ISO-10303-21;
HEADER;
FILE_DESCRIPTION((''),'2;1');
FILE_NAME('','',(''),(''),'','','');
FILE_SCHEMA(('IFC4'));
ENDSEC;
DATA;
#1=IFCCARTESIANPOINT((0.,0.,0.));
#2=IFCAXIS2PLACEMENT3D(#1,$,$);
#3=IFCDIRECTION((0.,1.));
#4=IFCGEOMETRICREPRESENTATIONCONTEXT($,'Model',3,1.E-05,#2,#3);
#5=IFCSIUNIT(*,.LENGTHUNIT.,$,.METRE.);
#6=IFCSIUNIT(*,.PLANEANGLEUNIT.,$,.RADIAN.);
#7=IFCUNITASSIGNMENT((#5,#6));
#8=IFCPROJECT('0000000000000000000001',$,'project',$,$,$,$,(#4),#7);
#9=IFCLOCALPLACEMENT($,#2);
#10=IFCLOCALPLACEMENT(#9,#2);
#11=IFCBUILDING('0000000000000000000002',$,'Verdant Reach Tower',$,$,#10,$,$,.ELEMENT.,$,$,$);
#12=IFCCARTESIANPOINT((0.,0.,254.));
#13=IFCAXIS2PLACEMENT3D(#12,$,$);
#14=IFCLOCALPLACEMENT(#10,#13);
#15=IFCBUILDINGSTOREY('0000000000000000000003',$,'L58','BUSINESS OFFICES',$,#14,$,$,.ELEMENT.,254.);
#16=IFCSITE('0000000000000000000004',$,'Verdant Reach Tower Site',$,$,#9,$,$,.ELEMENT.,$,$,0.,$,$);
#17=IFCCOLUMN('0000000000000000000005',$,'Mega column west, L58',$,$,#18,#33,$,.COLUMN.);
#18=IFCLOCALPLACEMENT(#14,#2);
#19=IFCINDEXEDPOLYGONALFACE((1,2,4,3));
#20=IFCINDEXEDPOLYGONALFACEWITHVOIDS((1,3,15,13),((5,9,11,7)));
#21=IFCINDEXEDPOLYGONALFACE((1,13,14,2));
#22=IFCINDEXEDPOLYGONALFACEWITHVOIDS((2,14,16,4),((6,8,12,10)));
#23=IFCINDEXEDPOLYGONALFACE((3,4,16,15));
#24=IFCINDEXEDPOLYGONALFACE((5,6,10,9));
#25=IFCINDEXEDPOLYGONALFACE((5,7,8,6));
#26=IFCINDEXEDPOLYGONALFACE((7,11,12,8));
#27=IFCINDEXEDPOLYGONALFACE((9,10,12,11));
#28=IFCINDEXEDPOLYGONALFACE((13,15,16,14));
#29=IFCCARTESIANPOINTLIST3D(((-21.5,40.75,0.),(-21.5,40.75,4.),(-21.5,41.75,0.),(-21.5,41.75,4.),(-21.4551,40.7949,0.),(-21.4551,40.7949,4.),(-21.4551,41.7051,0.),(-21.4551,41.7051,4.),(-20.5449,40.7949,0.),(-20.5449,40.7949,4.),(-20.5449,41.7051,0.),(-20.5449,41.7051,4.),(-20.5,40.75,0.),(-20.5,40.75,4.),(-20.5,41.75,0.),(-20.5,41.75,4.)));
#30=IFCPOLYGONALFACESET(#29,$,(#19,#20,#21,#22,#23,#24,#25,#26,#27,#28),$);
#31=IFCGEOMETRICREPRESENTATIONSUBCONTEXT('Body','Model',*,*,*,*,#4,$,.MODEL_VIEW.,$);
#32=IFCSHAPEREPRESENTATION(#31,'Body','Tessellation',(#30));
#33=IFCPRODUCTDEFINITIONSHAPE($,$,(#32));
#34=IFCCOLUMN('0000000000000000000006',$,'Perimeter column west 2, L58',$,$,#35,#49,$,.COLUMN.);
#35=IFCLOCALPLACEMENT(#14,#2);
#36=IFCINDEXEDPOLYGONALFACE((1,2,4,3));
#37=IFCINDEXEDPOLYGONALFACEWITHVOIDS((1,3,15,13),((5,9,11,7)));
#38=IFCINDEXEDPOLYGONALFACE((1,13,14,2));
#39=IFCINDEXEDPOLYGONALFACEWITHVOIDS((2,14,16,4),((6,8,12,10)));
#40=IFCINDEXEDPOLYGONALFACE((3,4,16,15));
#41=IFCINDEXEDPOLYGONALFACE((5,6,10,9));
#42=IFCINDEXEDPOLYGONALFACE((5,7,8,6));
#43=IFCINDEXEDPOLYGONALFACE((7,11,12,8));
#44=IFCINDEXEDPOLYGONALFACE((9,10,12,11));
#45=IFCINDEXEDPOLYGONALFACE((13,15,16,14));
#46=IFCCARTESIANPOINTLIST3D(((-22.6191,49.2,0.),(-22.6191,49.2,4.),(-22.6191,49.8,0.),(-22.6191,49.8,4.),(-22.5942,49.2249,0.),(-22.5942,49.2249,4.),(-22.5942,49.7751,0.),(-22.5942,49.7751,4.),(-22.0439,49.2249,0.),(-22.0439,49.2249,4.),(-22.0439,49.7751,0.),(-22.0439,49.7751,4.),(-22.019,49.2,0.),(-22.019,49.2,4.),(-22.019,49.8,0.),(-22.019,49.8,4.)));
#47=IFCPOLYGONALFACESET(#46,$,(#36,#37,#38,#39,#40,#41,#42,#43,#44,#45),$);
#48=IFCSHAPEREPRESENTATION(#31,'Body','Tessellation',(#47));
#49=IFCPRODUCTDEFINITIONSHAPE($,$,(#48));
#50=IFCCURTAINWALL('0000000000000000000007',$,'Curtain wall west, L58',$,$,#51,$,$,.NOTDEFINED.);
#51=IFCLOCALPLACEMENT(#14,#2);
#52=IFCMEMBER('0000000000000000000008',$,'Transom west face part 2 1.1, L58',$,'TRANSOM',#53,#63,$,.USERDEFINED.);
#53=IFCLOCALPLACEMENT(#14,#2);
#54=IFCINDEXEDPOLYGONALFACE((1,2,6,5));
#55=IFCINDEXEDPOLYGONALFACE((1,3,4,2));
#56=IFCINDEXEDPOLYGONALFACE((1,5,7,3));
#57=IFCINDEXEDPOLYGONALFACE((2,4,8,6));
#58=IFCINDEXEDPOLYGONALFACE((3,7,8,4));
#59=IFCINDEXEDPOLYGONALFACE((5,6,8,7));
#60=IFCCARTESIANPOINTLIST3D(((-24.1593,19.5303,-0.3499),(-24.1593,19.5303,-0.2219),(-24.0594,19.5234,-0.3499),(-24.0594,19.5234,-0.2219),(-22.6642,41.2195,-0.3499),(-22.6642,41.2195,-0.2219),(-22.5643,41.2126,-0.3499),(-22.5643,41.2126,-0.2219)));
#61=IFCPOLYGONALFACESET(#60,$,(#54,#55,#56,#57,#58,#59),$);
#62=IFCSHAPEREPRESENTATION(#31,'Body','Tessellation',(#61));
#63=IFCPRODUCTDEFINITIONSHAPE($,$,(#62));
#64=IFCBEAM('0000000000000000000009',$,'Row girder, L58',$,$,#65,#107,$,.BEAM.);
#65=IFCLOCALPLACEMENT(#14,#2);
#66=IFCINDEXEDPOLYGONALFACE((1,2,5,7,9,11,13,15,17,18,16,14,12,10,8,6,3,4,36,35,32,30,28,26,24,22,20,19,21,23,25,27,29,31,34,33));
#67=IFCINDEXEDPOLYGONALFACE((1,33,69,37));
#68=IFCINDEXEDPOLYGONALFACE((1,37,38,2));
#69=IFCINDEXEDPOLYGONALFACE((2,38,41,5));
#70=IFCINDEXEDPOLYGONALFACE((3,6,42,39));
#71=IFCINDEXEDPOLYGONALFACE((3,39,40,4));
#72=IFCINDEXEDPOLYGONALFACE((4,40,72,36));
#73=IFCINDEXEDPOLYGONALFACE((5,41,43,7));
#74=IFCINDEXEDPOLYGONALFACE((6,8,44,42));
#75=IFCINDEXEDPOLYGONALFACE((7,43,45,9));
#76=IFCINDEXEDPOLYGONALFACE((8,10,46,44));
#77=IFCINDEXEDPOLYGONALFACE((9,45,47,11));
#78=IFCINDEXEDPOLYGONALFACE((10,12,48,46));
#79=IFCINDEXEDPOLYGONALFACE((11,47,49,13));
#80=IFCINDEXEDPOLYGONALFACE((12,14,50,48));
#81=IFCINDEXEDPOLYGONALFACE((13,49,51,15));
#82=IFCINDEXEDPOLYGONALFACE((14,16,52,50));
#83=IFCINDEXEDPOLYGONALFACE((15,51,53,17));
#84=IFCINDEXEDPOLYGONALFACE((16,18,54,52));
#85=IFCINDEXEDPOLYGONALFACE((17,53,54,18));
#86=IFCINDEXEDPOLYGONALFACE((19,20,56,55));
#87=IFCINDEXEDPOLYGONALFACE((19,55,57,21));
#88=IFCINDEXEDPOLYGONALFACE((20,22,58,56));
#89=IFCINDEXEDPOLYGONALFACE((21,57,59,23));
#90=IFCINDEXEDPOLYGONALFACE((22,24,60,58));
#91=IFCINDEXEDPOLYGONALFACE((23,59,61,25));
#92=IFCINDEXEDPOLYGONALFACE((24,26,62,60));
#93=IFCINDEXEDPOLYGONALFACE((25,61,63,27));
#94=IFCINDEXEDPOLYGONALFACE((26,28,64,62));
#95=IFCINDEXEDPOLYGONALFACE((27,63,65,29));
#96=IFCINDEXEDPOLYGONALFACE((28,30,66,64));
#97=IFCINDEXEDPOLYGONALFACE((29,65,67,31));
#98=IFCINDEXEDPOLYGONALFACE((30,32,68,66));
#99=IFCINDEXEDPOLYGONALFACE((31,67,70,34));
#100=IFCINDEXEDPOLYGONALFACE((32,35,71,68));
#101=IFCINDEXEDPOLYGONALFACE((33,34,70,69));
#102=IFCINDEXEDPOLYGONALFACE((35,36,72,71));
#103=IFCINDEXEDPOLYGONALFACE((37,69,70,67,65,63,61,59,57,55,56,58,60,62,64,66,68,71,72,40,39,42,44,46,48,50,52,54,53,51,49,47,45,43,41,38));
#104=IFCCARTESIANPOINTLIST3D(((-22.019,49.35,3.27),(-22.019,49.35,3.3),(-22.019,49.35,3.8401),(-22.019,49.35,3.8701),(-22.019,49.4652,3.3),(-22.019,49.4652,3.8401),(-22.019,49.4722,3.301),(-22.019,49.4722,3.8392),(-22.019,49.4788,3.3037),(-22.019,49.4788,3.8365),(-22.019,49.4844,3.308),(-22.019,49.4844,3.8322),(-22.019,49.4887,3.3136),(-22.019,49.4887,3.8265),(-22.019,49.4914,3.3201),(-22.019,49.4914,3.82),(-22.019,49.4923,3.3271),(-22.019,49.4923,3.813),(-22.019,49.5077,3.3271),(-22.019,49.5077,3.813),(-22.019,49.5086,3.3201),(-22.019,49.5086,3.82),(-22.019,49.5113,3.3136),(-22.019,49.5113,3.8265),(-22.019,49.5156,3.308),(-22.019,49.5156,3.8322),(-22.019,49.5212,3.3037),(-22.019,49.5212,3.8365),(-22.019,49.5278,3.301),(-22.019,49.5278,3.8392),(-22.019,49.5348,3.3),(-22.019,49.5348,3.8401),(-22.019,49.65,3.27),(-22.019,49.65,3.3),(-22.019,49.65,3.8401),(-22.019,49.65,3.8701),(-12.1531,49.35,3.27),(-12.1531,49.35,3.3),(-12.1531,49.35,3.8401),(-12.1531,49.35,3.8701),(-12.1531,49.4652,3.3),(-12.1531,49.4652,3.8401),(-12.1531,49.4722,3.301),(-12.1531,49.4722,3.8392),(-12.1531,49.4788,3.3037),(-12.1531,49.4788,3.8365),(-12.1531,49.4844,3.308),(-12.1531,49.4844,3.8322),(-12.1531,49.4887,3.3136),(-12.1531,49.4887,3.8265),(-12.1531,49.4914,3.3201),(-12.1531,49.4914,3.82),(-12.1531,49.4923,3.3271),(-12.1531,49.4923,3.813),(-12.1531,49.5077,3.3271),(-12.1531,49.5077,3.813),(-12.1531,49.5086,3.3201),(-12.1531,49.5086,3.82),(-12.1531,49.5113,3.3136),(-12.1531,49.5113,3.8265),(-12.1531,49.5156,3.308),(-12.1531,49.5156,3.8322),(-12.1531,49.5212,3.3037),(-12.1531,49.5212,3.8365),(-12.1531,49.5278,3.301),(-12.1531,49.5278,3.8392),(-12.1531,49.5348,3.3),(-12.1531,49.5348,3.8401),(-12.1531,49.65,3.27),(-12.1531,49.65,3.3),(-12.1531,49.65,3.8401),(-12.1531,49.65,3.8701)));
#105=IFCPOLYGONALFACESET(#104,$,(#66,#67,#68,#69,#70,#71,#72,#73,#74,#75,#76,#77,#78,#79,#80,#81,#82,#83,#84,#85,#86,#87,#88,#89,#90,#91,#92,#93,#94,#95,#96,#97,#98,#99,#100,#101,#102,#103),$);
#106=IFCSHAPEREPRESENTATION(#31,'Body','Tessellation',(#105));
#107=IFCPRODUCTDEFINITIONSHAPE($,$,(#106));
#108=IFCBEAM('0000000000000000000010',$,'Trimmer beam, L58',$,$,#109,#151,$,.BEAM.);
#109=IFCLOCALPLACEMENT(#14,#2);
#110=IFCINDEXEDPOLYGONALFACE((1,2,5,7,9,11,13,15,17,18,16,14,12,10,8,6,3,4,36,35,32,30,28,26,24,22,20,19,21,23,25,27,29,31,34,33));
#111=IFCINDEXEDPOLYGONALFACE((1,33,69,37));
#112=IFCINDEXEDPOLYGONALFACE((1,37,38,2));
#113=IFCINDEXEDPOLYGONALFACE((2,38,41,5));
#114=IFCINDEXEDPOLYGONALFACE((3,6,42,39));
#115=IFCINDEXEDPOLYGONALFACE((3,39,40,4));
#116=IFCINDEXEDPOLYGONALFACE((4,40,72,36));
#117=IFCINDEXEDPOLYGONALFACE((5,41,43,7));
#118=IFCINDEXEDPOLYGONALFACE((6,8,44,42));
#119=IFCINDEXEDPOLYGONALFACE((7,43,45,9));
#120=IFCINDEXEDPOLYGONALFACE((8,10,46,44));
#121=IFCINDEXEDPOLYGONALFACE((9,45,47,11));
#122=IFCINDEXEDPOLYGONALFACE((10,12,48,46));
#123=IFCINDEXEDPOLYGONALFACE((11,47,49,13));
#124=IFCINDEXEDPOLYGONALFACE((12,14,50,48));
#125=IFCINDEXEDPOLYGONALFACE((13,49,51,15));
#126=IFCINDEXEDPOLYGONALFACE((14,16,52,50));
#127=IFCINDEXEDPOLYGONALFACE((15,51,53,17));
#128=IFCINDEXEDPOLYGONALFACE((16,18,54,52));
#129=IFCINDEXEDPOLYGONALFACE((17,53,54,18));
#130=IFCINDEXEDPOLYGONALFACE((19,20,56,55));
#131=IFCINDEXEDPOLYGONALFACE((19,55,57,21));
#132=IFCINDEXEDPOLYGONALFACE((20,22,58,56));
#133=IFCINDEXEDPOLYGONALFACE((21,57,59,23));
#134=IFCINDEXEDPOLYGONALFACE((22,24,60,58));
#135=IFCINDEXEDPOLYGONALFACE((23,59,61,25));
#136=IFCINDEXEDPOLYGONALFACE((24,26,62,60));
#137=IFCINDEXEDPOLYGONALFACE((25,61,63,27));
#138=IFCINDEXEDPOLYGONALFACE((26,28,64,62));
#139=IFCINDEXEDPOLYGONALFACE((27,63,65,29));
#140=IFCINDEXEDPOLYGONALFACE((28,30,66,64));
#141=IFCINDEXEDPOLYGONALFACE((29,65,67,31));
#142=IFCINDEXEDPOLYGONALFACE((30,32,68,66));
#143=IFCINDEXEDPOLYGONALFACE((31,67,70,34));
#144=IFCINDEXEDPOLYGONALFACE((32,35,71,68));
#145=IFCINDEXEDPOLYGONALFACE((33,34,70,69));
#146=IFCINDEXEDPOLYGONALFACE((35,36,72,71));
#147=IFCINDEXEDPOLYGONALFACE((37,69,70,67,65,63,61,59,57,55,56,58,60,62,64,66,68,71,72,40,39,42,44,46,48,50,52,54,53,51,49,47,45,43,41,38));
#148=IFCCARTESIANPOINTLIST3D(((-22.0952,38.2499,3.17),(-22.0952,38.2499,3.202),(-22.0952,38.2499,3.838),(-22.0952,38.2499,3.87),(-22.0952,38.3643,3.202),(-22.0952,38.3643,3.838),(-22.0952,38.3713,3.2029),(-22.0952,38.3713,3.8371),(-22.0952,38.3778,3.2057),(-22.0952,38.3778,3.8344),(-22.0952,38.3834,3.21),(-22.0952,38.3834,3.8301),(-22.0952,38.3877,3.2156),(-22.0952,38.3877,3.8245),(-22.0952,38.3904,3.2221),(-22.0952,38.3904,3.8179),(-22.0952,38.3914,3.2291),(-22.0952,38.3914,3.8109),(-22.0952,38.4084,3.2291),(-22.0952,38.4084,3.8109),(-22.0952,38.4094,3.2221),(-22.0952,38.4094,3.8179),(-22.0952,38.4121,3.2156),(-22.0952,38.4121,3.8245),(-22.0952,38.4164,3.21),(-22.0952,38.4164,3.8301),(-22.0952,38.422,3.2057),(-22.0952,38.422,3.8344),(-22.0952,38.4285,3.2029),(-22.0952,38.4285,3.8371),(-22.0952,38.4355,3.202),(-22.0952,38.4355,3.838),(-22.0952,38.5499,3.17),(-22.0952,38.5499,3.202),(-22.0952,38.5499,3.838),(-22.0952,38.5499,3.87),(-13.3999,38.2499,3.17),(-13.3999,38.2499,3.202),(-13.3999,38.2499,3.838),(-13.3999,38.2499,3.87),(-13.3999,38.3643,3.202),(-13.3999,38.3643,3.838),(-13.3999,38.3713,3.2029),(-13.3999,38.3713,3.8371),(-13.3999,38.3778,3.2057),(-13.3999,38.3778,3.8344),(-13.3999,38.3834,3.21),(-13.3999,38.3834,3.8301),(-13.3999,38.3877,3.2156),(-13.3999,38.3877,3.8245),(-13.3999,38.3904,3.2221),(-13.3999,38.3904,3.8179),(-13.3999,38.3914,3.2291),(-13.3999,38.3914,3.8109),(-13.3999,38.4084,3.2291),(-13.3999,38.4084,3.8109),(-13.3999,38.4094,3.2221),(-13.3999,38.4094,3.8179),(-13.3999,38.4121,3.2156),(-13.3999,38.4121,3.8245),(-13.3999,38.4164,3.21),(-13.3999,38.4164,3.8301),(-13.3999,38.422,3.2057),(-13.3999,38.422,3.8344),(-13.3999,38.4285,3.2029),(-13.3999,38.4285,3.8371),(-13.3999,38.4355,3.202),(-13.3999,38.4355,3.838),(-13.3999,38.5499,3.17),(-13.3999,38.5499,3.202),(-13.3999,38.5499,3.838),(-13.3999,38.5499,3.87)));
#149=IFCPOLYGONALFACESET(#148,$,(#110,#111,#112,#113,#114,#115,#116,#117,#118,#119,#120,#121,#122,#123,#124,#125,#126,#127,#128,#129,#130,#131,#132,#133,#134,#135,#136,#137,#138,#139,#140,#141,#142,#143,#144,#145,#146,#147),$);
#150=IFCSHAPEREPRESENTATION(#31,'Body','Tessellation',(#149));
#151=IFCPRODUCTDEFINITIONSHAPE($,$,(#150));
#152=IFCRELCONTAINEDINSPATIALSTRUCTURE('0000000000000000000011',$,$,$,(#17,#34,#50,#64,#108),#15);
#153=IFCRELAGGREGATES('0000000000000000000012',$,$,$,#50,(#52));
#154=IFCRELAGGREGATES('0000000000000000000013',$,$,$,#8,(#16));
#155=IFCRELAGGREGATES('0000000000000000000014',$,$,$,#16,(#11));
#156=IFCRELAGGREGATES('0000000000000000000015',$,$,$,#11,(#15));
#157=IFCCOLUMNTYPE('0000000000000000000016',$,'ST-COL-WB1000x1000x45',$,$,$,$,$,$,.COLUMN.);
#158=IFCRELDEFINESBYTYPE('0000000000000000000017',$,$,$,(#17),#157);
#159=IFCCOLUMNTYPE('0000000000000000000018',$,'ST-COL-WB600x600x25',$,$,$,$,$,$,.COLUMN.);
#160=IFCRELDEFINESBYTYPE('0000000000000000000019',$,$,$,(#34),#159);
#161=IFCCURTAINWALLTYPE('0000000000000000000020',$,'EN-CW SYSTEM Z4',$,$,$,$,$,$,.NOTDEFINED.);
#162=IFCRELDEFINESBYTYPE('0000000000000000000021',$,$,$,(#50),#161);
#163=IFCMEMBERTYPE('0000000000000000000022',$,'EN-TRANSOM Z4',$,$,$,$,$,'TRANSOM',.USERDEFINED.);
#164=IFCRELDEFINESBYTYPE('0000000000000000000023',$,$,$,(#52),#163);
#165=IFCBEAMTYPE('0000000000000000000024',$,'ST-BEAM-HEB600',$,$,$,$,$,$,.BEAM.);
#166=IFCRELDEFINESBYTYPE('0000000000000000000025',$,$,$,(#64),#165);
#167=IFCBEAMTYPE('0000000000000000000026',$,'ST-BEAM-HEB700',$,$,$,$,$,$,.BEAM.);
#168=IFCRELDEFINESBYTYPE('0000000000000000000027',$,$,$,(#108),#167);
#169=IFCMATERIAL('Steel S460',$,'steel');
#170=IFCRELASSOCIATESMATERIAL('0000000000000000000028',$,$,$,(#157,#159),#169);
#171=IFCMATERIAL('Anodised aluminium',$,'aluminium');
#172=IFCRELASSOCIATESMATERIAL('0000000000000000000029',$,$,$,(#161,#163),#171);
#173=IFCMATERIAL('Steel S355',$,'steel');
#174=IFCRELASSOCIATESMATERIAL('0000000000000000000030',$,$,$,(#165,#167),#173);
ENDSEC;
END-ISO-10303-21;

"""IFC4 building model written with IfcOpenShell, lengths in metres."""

from ifc_helpers import new_model, si_unit, direction, frame, origin, origin_2d, place, context, subcontext, project, spatial, rectangle, hollow_rectangle, i_section, extrude, material, material_profile, profile_set, type_object, element, aggregate, save


model = new_model("IFC4")

# Units and contexts
model_context = context("Model", 3, precision=1e-05, world=origin(), true_north=direction((0.0, 1.0)))
body_context = subcontext(model_context, "Body", "Model", "MODEL_VIEW")
ifc_project = project(units=[si_unit("LENGTHUNIT", "METRE"), si_unit("PLANEANGLEUNIT", "RADIAN")], contexts=[model_context])

# Site, building, storey
site_placement = place(None, origin())
site = spatial("IfcSite", under=ifc_project, at=site_placement, Name="Verdant Reach Tower Site", CompositionType="ELEMENT", RefElevation=0.0)
building_placement = place(site_placement, origin())
building = spatial("IfcBuilding", under=site, at=building_placement, Name="Verdant Reach Tower", CompositionType="ELEMENT")
storey_placement = place(building_placement, frame((0.0, 0.0, 254.0)))
storey = spatial("IfcBuildingStorey", under=building, at=storey_placement, Name="L58", Description="BUSINESS OFFICES", CompositionType="ELEMENT", Elevation=254.0)

# Columns
ifc_material_1 = material(Name="Steel S460", Category="steel")
ifc_material_profile_1 = material_profile(ifc_material_1, hollow_rectangle(XDim=1.0, YDim=1.0, WallThickness=0.0449, at=origin_2d()), Name="WB 1000x1000x45")
ifc_profile_set_1 = profile_set([ifc_material_profile_1], Name="Steel S460")
column_type_1 = type_object("IfcColumnType", Name="ST-COL-WB1000x1000x45", PredefinedType="COLUMN", material=ifc_profile_set_1)
column_1_placement = place(storey_placement, frame((-21.0, 41.25, 0.0), z_axis=(0.0, 0.0, 1.0), x_axis=(1.0, 0.0, 0.0)))
element("IfcColumn", 1, at=column_1_placement, inside=storey, type_object=column_type_1, Name="Mega column west, L58", PredefinedType="COLUMN", context=body_context, shape_type="SweptSolid", body=[
    extrude(hollow_rectangle(XDim=1.0, YDim=1.0, WallThickness=0.0449, at=origin_2d()), origin(), (0.0, 0.0, 1.0), 4.0),
])
ifc_material_profile_2 = material_profile(ifc_material_1, hollow_rectangle(XDim=0.6001, YDim=0.6001, WallThickness=0.0249, at=origin_2d()), Name="WB 600x600x25")
ifc_profile_set_2 = profile_set([ifc_material_profile_2], Name="Steel S460")
column_type_2 = type_object("IfcColumnType", Name="ST-COL-WB600x600x25", PredefinedType="COLUMN", material=ifc_profile_set_2)
column_2_placement = place(storey_placement, frame((-22.3191, 49.5, 0.0), z_axis=(0.0, 0.0, 1.0), x_axis=(1.0, 0.0, 0.0)))
element("IfcColumn", 2, at=column_2_placement, inside=storey, type_object=column_type_2, Name="Perimeter column west 2, L58", PredefinedType="COLUMN", context=body_context, shape_type="SweptSolid", body=[
    extrude(hollow_rectangle(XDim=0.6001, YDim=0.6001, WallThickness=0.0249, at=origin_2d()), origin(), (0.0, 0.0, 1.0), 4.0),
])

# Curtain wall, member
ifc_material_2 = material(Name="Anodised aluminium", Category="aluminium")
curtain_wall_type = type_object("IfcCurtainWallType", Name="EN-CW SYSTEM Z4", PredefinedType="NOTDEFINED", material=ifc_material_2)
curtain_wall_placement = place(storey_placement, origin())
curtain_wall = element("IfcCurtainWall", 3, at=curtain_wall_placement, inside=storey, type_object=curtain_wall_type, Name="Curtain wall west, L58", PredefinedType="NOTDEFINED")
ifc_material_profile_3 = material_profile(ifc_material_2, rectangle(XDim=0.1001, YDim=0.1279, at=origin_2d()), Name="Transom 128x100")
ifc_profile_set_3 = profile_set([ifc_material_profile_3], Name="Anodised aluminium")
member_type = type_object("IfcMemberType", Name="EN-TRANSOM Z4", ElementType="TRANSOM", PredefinedType="USERDEFINED", material=ifc_profile_set_3)
member_placement = place(storey_placement, frame((-22.6143, 41.2161, -0.2859), z_axis=(-0.06877, -0.997633, 0.0), x_axis=(0.997633, -0.06877, 0.0)))
member = element("IfcMember", 4, at=member_placement, type_object=member_type, Name="Transom west face part 2 1.1, L58", ObjectType="TRANSOM", PredefinedType="USERDEFINED", context=body_context, shape_type="SweptSolid", body=[
    extrude(rectangle(XDim=0.1001, YDim=0.1279, at=origin_2d()), origin(), (0.0, 0.0, 1.0), 21.7407),
])

# Beams
ifc_material_3 = material(Name="Steel S355", Category="steel")
ifc_material_profile_4 = material_profile(ifc_material_3, i_section(OverallWidth=0.3, OverallDepth=0.6001, WebThickness=0.0154, FlangeThickness=0.03, FilletRadius=0.0271, at=origin_2d()), Name="HEB 600")
ifc_profile_set_4 = profile_set([ifc_material_profile_4], Name="Steel S355")
beam_type_1 = type_object("IfcBeamType", Name="ST-BEAM-HEB600", PredefinedType="BEAM", material=ifc_profile_set_4)
beam_1_placement = place(storey_placement, frame((-22.019, 49.5, 3.5701), z_axis=(1.0, 0.0, 0.0), x_axis=(0.0, 1.0, 0.0)))
element("IfcBeam", 5, at=beam_1_placement, inside=storey, type_object=beam_type_1, Name="Row girder, L58", PredefinedType="BEAM", context=body_context, shape_type="SweptSolid", body=[
    extrude(i_section(OverallWidth=0.3, OverallDepth=0.6001, WebThickness=0.0154, FlangeThickness=0.03, FilletRadius=0.0271, at=origin_2d()), origin(), (0.0, 0.0, 1.0), 9.866),
])
ifc_material_profile_5 = material_profile(ifc_material_3, i_section(OverallWidth=0.3, OverallDepth=0.7, WebThickness=0.0171, FlangeThickness=0.032, FilletRadius=0.0271, at=origin_2d()), Name="HEB 700")
ifc_profile_set_5 = profile_set([ifc_material_profile_5], Name="Steel S355")
beam_type_2 = type_object("IfcBeamType", Name="ST-BEAM-HEB700", PredefinedType="BEAM", material=ifc_profile_set_5)
beam_2_placement = place(storey_placement, frame((-13.3999, 38.3999, 3.52), z_axis=(-1.0, 0.0, 0.0), x_axis=(0.0, -1.0, 0.0)))
element("IfcBeam", 6, at=beam_2_placement, inside=storey, type_object=beam_type_2, Name="Trimmer beam, L58", PredefinedType="BEAM", context=body_context, shape_type="SweptSolid", body=[
    extrude(i_section(OverallWidth=0.3, OverallDepth=0.7, WebThickness=0.0171, FlangeThickness=0.032, FilletRadius=0.0271, at=origin_2d()), origin(), (0.0, 0.0, 1.0), 8.6953),
])

aggregate(curtain_wall, [member])

save(model, "model.ifc")
